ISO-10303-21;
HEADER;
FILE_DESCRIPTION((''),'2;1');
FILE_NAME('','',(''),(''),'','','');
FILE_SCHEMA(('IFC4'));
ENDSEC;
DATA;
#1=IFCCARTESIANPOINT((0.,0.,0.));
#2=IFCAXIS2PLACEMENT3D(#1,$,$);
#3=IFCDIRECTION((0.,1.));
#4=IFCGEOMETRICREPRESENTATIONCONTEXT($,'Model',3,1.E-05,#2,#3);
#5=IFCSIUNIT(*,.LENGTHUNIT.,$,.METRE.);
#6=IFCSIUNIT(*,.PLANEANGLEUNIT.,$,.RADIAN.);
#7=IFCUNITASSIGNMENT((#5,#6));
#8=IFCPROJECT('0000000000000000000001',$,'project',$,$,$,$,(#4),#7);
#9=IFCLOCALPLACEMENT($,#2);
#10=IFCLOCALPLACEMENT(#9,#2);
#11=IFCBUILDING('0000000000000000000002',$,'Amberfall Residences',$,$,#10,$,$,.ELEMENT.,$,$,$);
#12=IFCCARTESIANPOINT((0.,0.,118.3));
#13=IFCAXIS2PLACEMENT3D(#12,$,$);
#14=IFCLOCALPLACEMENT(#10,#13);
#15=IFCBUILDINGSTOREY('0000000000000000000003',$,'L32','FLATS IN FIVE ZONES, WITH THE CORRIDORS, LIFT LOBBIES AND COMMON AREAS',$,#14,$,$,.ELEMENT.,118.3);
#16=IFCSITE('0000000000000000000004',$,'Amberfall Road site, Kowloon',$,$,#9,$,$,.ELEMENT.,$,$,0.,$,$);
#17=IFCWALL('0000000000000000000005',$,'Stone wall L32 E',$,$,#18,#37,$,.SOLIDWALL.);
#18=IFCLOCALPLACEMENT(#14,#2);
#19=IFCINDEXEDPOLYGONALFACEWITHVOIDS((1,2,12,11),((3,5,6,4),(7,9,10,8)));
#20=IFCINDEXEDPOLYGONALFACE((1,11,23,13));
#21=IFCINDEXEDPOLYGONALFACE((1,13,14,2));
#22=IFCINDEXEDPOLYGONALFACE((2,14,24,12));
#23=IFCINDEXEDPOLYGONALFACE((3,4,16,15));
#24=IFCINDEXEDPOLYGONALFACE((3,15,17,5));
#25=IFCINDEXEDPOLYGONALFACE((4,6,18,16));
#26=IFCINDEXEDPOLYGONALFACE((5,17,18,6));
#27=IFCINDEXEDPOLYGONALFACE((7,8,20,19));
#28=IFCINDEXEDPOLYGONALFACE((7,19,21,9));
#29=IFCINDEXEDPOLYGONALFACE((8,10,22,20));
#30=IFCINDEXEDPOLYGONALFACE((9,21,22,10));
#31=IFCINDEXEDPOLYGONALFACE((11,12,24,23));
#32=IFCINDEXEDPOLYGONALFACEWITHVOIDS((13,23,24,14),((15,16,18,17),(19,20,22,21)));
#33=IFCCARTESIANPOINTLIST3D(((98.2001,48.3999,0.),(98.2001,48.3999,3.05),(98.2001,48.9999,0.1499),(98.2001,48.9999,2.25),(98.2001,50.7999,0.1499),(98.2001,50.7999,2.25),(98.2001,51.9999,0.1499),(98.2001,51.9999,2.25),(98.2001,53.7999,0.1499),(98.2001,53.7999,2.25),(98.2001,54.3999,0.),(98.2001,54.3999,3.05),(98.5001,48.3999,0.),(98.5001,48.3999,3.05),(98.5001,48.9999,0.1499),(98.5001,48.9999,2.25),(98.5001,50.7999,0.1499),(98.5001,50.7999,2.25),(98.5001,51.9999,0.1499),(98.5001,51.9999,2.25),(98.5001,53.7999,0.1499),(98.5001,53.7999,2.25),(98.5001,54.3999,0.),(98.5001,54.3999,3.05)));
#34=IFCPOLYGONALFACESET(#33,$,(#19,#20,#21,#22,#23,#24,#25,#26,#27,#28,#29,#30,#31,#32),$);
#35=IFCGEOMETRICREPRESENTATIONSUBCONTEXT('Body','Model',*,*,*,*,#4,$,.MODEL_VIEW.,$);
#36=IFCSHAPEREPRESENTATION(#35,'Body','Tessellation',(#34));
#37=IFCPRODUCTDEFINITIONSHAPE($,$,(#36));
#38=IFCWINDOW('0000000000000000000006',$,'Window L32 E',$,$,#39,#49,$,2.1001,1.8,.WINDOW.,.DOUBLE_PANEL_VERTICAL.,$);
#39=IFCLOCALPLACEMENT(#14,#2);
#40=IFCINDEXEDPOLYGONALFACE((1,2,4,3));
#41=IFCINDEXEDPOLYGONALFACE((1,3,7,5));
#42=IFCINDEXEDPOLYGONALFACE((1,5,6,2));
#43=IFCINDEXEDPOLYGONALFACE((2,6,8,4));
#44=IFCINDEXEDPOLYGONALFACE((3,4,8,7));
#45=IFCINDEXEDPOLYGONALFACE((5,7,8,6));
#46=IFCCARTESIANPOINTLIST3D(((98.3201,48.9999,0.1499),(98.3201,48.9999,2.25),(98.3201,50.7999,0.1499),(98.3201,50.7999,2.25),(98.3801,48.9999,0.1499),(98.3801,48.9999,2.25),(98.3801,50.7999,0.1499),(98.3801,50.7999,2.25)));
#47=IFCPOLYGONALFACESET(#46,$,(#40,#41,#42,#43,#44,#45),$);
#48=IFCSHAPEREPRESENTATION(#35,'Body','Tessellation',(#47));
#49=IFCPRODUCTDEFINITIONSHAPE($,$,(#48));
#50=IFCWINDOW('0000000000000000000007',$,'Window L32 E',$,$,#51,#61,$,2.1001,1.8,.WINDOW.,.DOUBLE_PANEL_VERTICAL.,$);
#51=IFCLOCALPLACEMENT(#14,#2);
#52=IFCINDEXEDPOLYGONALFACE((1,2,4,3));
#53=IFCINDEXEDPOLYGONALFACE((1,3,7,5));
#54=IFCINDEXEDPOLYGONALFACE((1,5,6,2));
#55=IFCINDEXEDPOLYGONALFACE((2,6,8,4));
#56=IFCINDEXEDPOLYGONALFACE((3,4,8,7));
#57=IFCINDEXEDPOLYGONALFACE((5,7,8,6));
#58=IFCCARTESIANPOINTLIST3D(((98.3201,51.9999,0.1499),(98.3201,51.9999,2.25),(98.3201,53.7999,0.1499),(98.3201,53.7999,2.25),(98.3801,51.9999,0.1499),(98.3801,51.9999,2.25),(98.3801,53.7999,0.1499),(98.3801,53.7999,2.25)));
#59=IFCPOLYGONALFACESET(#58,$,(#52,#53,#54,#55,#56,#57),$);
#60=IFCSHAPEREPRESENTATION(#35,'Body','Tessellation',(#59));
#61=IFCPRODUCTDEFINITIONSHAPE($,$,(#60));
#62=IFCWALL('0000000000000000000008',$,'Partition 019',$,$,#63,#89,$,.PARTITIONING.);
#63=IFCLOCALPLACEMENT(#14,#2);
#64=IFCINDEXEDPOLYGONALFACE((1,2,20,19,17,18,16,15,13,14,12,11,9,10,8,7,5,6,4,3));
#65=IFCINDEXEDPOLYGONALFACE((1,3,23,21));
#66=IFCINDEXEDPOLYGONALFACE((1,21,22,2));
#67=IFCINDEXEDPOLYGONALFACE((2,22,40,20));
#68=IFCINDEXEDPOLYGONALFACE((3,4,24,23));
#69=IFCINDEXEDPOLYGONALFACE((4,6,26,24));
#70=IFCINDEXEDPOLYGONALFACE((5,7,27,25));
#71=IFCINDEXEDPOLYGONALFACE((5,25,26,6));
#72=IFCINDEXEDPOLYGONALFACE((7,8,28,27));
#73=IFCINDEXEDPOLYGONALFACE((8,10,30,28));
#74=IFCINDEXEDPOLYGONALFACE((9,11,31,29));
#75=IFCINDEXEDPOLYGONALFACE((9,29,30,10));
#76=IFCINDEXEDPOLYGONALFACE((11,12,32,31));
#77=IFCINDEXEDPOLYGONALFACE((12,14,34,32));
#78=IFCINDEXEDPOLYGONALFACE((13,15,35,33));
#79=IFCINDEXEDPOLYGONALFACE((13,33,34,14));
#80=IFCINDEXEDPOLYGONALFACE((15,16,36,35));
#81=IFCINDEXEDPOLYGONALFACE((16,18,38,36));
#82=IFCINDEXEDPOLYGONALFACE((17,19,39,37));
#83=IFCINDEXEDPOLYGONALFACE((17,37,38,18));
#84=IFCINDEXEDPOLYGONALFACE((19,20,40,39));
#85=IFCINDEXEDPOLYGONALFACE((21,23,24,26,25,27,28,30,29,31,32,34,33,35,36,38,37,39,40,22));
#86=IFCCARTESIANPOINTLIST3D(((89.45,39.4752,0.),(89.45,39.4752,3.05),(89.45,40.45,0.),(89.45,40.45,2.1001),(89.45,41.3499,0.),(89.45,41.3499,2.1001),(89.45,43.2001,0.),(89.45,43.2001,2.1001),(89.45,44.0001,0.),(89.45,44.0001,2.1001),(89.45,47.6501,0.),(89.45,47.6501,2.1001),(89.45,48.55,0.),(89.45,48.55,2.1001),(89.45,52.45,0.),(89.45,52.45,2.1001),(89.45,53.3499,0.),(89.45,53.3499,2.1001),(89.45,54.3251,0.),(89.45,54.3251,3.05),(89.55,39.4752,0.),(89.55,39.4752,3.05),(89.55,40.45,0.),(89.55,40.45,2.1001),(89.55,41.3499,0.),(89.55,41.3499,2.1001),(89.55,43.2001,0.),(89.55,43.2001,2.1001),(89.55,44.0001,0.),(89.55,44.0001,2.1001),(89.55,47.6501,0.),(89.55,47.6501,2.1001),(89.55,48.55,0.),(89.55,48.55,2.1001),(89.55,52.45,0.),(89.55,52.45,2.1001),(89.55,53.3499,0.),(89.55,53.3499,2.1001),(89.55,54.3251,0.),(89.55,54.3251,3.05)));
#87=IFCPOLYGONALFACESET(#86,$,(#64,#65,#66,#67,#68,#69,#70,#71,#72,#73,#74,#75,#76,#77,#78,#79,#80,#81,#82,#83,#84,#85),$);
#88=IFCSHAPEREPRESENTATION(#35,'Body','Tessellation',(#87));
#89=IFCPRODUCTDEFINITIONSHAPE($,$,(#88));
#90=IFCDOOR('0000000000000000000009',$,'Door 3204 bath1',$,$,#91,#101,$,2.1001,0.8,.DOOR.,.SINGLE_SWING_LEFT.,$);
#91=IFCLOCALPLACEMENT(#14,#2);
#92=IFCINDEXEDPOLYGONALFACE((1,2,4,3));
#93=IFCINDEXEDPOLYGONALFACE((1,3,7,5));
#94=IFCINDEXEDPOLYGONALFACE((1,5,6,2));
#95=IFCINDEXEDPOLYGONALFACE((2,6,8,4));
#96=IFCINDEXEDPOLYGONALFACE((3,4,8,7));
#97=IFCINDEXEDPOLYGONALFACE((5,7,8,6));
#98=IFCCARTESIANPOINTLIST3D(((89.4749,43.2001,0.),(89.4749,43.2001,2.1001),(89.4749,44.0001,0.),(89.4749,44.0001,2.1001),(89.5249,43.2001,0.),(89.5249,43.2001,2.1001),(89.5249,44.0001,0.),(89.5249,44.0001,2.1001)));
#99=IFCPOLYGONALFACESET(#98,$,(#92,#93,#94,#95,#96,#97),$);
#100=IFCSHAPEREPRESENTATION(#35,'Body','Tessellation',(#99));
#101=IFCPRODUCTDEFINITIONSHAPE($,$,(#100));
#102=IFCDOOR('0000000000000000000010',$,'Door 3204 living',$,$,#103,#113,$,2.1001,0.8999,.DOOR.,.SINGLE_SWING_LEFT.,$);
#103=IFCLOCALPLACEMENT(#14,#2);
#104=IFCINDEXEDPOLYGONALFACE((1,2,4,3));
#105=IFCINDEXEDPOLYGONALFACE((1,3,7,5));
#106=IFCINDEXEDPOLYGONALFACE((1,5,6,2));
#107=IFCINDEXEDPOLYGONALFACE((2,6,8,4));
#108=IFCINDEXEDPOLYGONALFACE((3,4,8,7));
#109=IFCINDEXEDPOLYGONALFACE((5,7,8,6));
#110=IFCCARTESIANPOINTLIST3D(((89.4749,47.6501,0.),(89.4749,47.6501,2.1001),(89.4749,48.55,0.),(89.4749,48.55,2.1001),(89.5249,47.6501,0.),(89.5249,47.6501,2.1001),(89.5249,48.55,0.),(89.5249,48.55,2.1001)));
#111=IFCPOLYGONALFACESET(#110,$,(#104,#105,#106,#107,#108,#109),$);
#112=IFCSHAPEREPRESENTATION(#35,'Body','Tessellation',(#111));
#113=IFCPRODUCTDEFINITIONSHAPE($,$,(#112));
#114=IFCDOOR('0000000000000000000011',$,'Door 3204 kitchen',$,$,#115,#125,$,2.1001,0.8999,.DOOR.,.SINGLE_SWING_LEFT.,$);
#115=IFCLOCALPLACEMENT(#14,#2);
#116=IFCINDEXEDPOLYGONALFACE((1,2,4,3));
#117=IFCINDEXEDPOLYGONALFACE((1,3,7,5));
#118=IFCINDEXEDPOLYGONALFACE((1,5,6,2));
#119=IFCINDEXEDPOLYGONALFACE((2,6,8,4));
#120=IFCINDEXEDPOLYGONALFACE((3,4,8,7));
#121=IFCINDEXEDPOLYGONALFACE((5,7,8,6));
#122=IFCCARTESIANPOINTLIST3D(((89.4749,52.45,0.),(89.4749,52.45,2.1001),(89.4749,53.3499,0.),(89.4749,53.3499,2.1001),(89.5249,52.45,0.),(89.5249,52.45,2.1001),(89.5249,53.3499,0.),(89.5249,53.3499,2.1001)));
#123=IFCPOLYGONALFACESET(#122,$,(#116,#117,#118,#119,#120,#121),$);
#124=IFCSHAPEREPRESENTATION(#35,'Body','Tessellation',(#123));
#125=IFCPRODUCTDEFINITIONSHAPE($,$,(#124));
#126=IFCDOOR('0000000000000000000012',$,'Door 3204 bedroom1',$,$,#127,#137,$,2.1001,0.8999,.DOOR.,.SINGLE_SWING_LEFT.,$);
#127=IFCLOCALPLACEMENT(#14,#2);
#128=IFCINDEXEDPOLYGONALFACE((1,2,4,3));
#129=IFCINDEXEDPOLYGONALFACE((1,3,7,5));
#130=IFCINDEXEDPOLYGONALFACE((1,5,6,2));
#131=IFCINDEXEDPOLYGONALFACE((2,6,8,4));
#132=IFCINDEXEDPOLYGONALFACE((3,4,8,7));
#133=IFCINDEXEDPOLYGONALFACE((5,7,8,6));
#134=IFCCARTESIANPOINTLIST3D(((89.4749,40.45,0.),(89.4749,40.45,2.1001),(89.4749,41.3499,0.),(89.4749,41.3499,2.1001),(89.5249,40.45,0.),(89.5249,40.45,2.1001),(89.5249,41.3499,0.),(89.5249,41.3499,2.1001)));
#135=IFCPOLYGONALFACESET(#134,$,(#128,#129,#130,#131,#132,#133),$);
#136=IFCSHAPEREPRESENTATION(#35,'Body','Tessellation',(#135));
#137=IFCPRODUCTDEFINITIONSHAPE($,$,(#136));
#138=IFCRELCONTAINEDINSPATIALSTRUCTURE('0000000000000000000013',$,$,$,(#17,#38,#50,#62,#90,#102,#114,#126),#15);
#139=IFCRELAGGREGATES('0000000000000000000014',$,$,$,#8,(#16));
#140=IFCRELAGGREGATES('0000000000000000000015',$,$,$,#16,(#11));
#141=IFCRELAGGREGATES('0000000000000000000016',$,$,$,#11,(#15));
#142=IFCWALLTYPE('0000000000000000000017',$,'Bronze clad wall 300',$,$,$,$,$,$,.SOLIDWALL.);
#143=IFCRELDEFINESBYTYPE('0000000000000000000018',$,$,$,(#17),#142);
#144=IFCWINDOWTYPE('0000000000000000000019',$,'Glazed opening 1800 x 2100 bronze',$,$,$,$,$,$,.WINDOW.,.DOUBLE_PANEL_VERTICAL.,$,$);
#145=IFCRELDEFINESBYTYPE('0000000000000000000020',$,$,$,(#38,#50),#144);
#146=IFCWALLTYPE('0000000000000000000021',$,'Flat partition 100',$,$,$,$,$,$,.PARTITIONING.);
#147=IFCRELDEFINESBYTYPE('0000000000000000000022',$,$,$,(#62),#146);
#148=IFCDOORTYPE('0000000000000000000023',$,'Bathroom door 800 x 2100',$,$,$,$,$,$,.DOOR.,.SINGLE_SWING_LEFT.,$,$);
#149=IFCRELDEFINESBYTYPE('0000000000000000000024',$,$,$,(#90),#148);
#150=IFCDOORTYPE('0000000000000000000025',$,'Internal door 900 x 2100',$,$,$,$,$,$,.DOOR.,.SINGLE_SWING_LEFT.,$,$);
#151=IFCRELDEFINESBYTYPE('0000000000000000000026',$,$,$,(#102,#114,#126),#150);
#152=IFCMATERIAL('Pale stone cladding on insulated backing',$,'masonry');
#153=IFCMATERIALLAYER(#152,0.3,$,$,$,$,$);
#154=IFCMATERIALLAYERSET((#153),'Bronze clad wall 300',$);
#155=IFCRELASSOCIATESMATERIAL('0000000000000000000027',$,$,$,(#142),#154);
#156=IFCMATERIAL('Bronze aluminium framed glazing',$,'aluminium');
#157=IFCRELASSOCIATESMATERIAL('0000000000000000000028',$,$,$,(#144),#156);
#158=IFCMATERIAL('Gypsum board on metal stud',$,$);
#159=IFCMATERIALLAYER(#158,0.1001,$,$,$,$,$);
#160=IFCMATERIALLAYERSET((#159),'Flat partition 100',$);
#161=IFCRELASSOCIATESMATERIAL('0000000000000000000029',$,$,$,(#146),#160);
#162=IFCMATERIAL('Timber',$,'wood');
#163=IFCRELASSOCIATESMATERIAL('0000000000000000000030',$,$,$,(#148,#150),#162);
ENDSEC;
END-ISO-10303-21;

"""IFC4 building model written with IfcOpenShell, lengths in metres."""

from ifc_helpers import new_model, si_unit, direction, frame, frame_2d, origin, place, context, subcontext, project, spatial, rectangle, extrude, material, layer, layer_set, type_object, element, fill, save


model = new_model("IFC4")

# Units and contexts
model_context = context("Model", 3, precision=1e-05, world=origin(), true_north=direction((0.0, 1.0)))
body_context = subcontext(model_context, "Body", "Model", "MODEL_VIEW")
ifc_project = project(units=[si_unit("LENGTHUNIT", "METRE"), si_unit("PLANEANGLEUNIT", "RADIAN")], contexts=[model_context])

# Site, building, storey
site_placement = place(None, origin())
site = spatial("IfcSite", under=ifc_project, at=site_placement, Name="Amberfall Road site, Kowloon", CompositionType="ELEMENT", RefElevation=0.0)
building_placement = place(site_placement, origin())
building = spatial("IfcBuilding", under=site, at=building_placement, Name="Amberfall Residences", CompositionType="ELEMENT")
storey_placement = place(building_placement, frame((0.0, 0.0, 118.3)))
storey = spatial("IfcBuildingStorey", under=building, at=storey_placement, Name="L32", Description="FLATS IN FIVE ZONES, WITH THE CORRIDORS, LIFT LOBBIES AND COMMON AREAS", CompositionType="ELEMENT", Elevation=118.3)

# Shared definitions
ifc_material_1 = material(Name="Pale stone cladding on insulated backing", Category="masonry")
ifc_layer_1 = layer(ifc_material_1, 0.3)
ifc_layer_set_1 = layer_set([ifc_layer_1], Name="Bronze clad wall 300")
wall_type_1 = type_object("IfcWallType", Name="Bronze clad wall 300", PredefinedType="SOLIDWALL", material=ifc_layer_set_1)

# Wall, openings, windows
wall_1_placement = place(storey_placement, frame((98.3501, 48.3999, 0.0), z_axis=(0.0, 0.0, 1.0), x_axis=(0.0, 1.0, 0.0)))
wall_1 = element("IfcWall", 1, at=wall_1_placement, inside=storey, type_object=wall_type_1, Name="Stone wall L32 E", PredefinedType="SOLIDWALL", context=body_context, shape_type="SweptSolid", body=[
    extrude(rectangle(XDim=6.0, YDim=0.3, at=frame_2d((3.0, 0.0))), origin(), (0.0, 0.0, 1.0), 3.05),
])
opening_1_placement = place(wall_1_placement, frame((0.6001, 0.0, 0.1499)))
opening_1 = element("IfcOpeningElement", 2, at=opening_1_placement, cuts=wall_1, PredefinedType="OPENING", context=body_context, shape_type="SweptSolid", body=[
    extrude(rectangle(XDim=1.8, YDim=2.1001, at=frame_2d((0.8999, 1.05))), frame((0.0, 0.1599, 0.0), z_axis=(0.0, -1.0, 0.0), x_axis=(1.0, 0.0, 0.0)), (0.0, 0.0, 1.0), 0.3201),
])
opening_2_placement = place(wall_1_placement, frame((3.6001, 0.0, 0.1499)))
opening_2 = element("IfcOpeningElement", 3, at=opening_2_placement, cuts=wall_1, PredefinedType="OPENING", context=body_context, shape_type="SweptSolid", body=[
    extrude(rectangle(XDim=1.8, YDim=2.1001, at=frame_2d((0.8999, 1.05))), frame((0.0, 0.1599, 0.0), z_axis=(0.0, -1.0, 0.0), x_axis=(1.0, 0.0, 0.0)), (0.0, 0.0, 1.0), 0.3201),
])
ifc_material_2 = material(Name="Bronze aluminium framed glazing", Category="aluminium")
window_type = type_object("IfcWindowType", Name="Glazed opening 1800 x 2100 bronze", PartitioningType="DOUBLE_PANEL_VERTICAL", PredefinedType="WINDOW", material=ifc_material_2)
window_1_placement = place(opening_1_placement, origin())
window_1 = element("IfcWindow", 4, at=window_1_placement, inside=storey, type_object=window_type, Name="Window L32 E", OverallHeight=2.1001, OverallWidth=1.8, PartitioningType="DOUBLE_PANEL_VERTICAL", PredefinedType="WINDOW", context=body_context, shape_type="SweptSolid", body=[
    extrude(rectangle(XDim=1.8, YDim=2.1001, at=frame_2d((0.8999, 1.05))), frame((0.0, 0.03, 0.0), z_axis=(0.0, -1.0, 0.0), x_axis=(1.0, 0.0, 0.0)), (0.0, 0.0, 1.0), 0.0601),
])
fill(opening_1, window_1)
window_2_placement = place(opening_2_placement, origin())
window_2 = element("IfcWindow", 5, at=window_2_placement, inside=storey, type_object=window_type, Name="Window L32 E", OverallHeight=2.1001, OverallWidth=1.8, PartitioningType="DOUBLE_PANEL_VERTICAL", PredefinedType="WINDOW", context=body_context, shape_type="SweptSolid", body=[
    extrude(rectangle(XDim=1.8, YDim=2.1001, at=frame_2d((0.8999, 1.05))), frame((0.0, 0.03, 0.0), z_axis=(0.0, -1.0, 0.0), x_axis=(1.0, 0.0, 0.0)), (0.0, 0.0, 1.0), 0.0601),
])
fill(opening_2, window_2)

# Wall, openings, doors
ifc_material_3 = material(Name="Gypsum board on metal stud")
ifc_layer_2 = layer(ifc_material_3, 0.1001)
ifc_layer_set_2 = layer_set([ifc_layer_2], Name="Flat partition 100")
wall_type_2 = type_object("IfcWallType", Name="Flat partition 100", PredefinedType="PARTITIONING", material=ifc_layer_set_2)
wall_2_placement = place(storey_placement, frame((89.5, 54.325, 0.0), z_axis=(0.0, 0.0, 1.0), x_axis=(0.0, -1.0, 0.0)))
wall_2 = element("IfcWall", 6, at=wall_2_placement, inside=storey, type_object=wall_type_2, Name="Partition 019", PredefinedType="PARTITIONING", context=body_context, shape_type="SweptSolid", body=[
    extrude(rectangle(XDim=14.8499, YDim=0.1001, at=frame_2d((7.4248, 0.0))), origin(), (0.0, 0.0, 1.0), 3.05),
])
opening_3_placement = place(wall_2_placement, frame((5.7749, 0.0, 0.0)))
opening_3 = element("IfcOpeningElement", 7, at=opening_3_placement, cuts=wall_2, PredefinedType="OPENING", context=body_context, shape_type="SweptSolid", body=[
    extrude(rectangle(XDim=0.8999, YDim=2.1001, at=frame_2d((0.45, 1.05))), frame((0.0, 0.0601, 0.0), z_axis=(0.0, -1.0, 0.0), x_axis=(1.0, 0.0, 0.0)), (0.0, 0.0, 1.0), 0.1201),
])
opening_4_placement = place(wall_2_placement, frame((0.9751, 0.0, 0.0)))
opening_4 = element("IfcOpeningElement", 8, at=opening_4_placement, cuts=wall_2, PredefinedType="OPENING", context=body_context, shape_type="SweptSolid", body=[
    extrude(rectangle(XDim=0.8999, YDim=2.1001, at=frame_2d((0.45, 1.05))), frame((0.0, 0.0601, 0.0), z_axis=(0.0, -1.0, 0.0), x_axis=(1.0, 0.0, 0.0)), (0.0, 0.0, 1.0), 0.1201),
])
opening_5_placement = place(wall_2_placement, frame((12.9751, 0.0, 0.0)))
opening_5 = element("IfcOpeningElement", 9, at=opening_5_placement, cuts=wall_2, PredefinedType="OPENING", context=body_context, shape_type="SweptSolid", body=[
    extrude(rectangle(XDim=0.8999, YDim=2.1001, at=frame_2d((0.45, 1.05))), frame((0.0, 0.0601, 0.0), z_axis=(0.0, -1.0, 0.0), x_axis=(1.0, 0.0, 0.0)), (0.0, 0.0, 1.0), 0.1201),
])
opening_6_placement = place(wall_2_placement, frame((10.325, 0.0, 0.0)))
opening_6 = element("IfcOpeningElement", 10, at=opening_6_placement, cuts=wall_2, PredefinedType="OPENING", context=body_context, shape_type="SweptSolid", body=[
    extrude(rectangle(XDim=0.8, YDim=2.1001, at=frame_2d((0.3999, 1.05))), frame((0.0, 0.0601, 0.0), z_axis=(0.0, -1.0, 0.0), x_axis=(1.0, 0.0, 0.0)), (0.0, 0.0, 1.0), 0.1201),
])
ifc_material_4 = material(Name="Timber", Category="wood")
door_type_1 = type_object("IfcDoorType", Name="Bathroom door 800 x 2100", OperationType="SINGLE_SWING_LEFT", PredefinedType="DOOR", material=ifc_material_4)
door_1_placement = place(opening_6_placement, origin())
door_1 = element("IfcDoor", 11, at=door_1_placement, inside=storey, type_object=door_type_1, Name="Door 3204 bath1", OperationType="SINGLE_SWING_LEFT", OverallHeight=2.1001, OverallWidth=0.8, PredefinedType="DOOR", context=body_context, shape_type="SweptSolid", body=[
    extrude(rectangle(XDim=0.8, YDim=2.1001, at=frame_2d((0.3999, 1.05))), frame((0.0, 0.0249, 0.0), z_axis=(0.0, -1.0, 0.0), x_axis=(1.0, 0.0, 0.0)), (0.0, 0.0, 1.0), 0.05),
])
fill(opening_6, door_1)
door_type_2 = type_object("IfcDoorType", Name="Internal door 900 x 2100", OperationType="SINGLE_SWING_LEFT", PredefinedType="DOOR", material=ifc_material_4)
door_2_placement = place(opening_3_placement, origin())
door_2 = element("IfcDoor", 12, at=door_2_placement, inside=storey, type_object=door_type_2, Name="Door 3204 living", OperationType="SINGLE_SWING_LEFT", OverallHeight=2.1001, OverallWidth=0.8999, PredefinedType="DOOR", context=body_context, shape_type="SweptSolid", body=[
    extrude(rectangle(XDim=0.8999, YDim=2.1001, at=frame_2d((0.45, 1.05))), frame((0.0, 0.0249, 0.0), z_axis=(0.0, -1.0, 0.0), x_axis=(1.0, 0.0, 0.0)), (0.0, 0.0, 1.0), 0.05),
])
fill(opening_3, door_2)
door_3_placement = place(opening_4_placement, origin())
door_3 = element("IfcDoor", 13, at=door_3_placement, inside=storey, type_object=door_type_2, Name="Door 3204 kitchen", OperationType="SINGLE_SWING_LEFT", OverallHeight=2.1001, OverallWidth=0.8999, PredefinedType="DOOR", context=body_context, shape_type="SweptSolid", body=[
    extrude(rectangle(XDim=0.8999, YDim=2.1001, at=frame_2d((0.45, 1.05))), frame((0.0, 0.0249, 0.0), z_axis=(0.0, -1.0, 0.0), x_axis=(1.0, 0.0, 0.0)), (0.0, 0.0, 1.0), 0.05),
])
fill(opening_4, door_3)
door_4_placement = place(opening_5_placement, origin())
door_4 = element("IfcDoor", 14, at=door_4_placement, inside=storey, type_object=door_type_2, Name="Door 3204 bedroom1", OperationType="SINGLE_SWING_LEFT", OverallHeight=2.1001, OverallWidth=0.8999, PredefinedType="DOOR", context=body_context, shape_type="SweptSolid", body=[
    extrude(rectangle(XDim=0.8999, YDim=2.1001, at=frame_2d((0.45, 1.05))), frame((0.0, 0.0249, 0.0), z_axis=(0.0, -1.0, 0.0), x_axis=(1.0, 0.0, 0.0)), (0.0, 0.0, 1.0), 0.05),
])
fill(opening_5, door_4)

save(model, "model.ifc")
